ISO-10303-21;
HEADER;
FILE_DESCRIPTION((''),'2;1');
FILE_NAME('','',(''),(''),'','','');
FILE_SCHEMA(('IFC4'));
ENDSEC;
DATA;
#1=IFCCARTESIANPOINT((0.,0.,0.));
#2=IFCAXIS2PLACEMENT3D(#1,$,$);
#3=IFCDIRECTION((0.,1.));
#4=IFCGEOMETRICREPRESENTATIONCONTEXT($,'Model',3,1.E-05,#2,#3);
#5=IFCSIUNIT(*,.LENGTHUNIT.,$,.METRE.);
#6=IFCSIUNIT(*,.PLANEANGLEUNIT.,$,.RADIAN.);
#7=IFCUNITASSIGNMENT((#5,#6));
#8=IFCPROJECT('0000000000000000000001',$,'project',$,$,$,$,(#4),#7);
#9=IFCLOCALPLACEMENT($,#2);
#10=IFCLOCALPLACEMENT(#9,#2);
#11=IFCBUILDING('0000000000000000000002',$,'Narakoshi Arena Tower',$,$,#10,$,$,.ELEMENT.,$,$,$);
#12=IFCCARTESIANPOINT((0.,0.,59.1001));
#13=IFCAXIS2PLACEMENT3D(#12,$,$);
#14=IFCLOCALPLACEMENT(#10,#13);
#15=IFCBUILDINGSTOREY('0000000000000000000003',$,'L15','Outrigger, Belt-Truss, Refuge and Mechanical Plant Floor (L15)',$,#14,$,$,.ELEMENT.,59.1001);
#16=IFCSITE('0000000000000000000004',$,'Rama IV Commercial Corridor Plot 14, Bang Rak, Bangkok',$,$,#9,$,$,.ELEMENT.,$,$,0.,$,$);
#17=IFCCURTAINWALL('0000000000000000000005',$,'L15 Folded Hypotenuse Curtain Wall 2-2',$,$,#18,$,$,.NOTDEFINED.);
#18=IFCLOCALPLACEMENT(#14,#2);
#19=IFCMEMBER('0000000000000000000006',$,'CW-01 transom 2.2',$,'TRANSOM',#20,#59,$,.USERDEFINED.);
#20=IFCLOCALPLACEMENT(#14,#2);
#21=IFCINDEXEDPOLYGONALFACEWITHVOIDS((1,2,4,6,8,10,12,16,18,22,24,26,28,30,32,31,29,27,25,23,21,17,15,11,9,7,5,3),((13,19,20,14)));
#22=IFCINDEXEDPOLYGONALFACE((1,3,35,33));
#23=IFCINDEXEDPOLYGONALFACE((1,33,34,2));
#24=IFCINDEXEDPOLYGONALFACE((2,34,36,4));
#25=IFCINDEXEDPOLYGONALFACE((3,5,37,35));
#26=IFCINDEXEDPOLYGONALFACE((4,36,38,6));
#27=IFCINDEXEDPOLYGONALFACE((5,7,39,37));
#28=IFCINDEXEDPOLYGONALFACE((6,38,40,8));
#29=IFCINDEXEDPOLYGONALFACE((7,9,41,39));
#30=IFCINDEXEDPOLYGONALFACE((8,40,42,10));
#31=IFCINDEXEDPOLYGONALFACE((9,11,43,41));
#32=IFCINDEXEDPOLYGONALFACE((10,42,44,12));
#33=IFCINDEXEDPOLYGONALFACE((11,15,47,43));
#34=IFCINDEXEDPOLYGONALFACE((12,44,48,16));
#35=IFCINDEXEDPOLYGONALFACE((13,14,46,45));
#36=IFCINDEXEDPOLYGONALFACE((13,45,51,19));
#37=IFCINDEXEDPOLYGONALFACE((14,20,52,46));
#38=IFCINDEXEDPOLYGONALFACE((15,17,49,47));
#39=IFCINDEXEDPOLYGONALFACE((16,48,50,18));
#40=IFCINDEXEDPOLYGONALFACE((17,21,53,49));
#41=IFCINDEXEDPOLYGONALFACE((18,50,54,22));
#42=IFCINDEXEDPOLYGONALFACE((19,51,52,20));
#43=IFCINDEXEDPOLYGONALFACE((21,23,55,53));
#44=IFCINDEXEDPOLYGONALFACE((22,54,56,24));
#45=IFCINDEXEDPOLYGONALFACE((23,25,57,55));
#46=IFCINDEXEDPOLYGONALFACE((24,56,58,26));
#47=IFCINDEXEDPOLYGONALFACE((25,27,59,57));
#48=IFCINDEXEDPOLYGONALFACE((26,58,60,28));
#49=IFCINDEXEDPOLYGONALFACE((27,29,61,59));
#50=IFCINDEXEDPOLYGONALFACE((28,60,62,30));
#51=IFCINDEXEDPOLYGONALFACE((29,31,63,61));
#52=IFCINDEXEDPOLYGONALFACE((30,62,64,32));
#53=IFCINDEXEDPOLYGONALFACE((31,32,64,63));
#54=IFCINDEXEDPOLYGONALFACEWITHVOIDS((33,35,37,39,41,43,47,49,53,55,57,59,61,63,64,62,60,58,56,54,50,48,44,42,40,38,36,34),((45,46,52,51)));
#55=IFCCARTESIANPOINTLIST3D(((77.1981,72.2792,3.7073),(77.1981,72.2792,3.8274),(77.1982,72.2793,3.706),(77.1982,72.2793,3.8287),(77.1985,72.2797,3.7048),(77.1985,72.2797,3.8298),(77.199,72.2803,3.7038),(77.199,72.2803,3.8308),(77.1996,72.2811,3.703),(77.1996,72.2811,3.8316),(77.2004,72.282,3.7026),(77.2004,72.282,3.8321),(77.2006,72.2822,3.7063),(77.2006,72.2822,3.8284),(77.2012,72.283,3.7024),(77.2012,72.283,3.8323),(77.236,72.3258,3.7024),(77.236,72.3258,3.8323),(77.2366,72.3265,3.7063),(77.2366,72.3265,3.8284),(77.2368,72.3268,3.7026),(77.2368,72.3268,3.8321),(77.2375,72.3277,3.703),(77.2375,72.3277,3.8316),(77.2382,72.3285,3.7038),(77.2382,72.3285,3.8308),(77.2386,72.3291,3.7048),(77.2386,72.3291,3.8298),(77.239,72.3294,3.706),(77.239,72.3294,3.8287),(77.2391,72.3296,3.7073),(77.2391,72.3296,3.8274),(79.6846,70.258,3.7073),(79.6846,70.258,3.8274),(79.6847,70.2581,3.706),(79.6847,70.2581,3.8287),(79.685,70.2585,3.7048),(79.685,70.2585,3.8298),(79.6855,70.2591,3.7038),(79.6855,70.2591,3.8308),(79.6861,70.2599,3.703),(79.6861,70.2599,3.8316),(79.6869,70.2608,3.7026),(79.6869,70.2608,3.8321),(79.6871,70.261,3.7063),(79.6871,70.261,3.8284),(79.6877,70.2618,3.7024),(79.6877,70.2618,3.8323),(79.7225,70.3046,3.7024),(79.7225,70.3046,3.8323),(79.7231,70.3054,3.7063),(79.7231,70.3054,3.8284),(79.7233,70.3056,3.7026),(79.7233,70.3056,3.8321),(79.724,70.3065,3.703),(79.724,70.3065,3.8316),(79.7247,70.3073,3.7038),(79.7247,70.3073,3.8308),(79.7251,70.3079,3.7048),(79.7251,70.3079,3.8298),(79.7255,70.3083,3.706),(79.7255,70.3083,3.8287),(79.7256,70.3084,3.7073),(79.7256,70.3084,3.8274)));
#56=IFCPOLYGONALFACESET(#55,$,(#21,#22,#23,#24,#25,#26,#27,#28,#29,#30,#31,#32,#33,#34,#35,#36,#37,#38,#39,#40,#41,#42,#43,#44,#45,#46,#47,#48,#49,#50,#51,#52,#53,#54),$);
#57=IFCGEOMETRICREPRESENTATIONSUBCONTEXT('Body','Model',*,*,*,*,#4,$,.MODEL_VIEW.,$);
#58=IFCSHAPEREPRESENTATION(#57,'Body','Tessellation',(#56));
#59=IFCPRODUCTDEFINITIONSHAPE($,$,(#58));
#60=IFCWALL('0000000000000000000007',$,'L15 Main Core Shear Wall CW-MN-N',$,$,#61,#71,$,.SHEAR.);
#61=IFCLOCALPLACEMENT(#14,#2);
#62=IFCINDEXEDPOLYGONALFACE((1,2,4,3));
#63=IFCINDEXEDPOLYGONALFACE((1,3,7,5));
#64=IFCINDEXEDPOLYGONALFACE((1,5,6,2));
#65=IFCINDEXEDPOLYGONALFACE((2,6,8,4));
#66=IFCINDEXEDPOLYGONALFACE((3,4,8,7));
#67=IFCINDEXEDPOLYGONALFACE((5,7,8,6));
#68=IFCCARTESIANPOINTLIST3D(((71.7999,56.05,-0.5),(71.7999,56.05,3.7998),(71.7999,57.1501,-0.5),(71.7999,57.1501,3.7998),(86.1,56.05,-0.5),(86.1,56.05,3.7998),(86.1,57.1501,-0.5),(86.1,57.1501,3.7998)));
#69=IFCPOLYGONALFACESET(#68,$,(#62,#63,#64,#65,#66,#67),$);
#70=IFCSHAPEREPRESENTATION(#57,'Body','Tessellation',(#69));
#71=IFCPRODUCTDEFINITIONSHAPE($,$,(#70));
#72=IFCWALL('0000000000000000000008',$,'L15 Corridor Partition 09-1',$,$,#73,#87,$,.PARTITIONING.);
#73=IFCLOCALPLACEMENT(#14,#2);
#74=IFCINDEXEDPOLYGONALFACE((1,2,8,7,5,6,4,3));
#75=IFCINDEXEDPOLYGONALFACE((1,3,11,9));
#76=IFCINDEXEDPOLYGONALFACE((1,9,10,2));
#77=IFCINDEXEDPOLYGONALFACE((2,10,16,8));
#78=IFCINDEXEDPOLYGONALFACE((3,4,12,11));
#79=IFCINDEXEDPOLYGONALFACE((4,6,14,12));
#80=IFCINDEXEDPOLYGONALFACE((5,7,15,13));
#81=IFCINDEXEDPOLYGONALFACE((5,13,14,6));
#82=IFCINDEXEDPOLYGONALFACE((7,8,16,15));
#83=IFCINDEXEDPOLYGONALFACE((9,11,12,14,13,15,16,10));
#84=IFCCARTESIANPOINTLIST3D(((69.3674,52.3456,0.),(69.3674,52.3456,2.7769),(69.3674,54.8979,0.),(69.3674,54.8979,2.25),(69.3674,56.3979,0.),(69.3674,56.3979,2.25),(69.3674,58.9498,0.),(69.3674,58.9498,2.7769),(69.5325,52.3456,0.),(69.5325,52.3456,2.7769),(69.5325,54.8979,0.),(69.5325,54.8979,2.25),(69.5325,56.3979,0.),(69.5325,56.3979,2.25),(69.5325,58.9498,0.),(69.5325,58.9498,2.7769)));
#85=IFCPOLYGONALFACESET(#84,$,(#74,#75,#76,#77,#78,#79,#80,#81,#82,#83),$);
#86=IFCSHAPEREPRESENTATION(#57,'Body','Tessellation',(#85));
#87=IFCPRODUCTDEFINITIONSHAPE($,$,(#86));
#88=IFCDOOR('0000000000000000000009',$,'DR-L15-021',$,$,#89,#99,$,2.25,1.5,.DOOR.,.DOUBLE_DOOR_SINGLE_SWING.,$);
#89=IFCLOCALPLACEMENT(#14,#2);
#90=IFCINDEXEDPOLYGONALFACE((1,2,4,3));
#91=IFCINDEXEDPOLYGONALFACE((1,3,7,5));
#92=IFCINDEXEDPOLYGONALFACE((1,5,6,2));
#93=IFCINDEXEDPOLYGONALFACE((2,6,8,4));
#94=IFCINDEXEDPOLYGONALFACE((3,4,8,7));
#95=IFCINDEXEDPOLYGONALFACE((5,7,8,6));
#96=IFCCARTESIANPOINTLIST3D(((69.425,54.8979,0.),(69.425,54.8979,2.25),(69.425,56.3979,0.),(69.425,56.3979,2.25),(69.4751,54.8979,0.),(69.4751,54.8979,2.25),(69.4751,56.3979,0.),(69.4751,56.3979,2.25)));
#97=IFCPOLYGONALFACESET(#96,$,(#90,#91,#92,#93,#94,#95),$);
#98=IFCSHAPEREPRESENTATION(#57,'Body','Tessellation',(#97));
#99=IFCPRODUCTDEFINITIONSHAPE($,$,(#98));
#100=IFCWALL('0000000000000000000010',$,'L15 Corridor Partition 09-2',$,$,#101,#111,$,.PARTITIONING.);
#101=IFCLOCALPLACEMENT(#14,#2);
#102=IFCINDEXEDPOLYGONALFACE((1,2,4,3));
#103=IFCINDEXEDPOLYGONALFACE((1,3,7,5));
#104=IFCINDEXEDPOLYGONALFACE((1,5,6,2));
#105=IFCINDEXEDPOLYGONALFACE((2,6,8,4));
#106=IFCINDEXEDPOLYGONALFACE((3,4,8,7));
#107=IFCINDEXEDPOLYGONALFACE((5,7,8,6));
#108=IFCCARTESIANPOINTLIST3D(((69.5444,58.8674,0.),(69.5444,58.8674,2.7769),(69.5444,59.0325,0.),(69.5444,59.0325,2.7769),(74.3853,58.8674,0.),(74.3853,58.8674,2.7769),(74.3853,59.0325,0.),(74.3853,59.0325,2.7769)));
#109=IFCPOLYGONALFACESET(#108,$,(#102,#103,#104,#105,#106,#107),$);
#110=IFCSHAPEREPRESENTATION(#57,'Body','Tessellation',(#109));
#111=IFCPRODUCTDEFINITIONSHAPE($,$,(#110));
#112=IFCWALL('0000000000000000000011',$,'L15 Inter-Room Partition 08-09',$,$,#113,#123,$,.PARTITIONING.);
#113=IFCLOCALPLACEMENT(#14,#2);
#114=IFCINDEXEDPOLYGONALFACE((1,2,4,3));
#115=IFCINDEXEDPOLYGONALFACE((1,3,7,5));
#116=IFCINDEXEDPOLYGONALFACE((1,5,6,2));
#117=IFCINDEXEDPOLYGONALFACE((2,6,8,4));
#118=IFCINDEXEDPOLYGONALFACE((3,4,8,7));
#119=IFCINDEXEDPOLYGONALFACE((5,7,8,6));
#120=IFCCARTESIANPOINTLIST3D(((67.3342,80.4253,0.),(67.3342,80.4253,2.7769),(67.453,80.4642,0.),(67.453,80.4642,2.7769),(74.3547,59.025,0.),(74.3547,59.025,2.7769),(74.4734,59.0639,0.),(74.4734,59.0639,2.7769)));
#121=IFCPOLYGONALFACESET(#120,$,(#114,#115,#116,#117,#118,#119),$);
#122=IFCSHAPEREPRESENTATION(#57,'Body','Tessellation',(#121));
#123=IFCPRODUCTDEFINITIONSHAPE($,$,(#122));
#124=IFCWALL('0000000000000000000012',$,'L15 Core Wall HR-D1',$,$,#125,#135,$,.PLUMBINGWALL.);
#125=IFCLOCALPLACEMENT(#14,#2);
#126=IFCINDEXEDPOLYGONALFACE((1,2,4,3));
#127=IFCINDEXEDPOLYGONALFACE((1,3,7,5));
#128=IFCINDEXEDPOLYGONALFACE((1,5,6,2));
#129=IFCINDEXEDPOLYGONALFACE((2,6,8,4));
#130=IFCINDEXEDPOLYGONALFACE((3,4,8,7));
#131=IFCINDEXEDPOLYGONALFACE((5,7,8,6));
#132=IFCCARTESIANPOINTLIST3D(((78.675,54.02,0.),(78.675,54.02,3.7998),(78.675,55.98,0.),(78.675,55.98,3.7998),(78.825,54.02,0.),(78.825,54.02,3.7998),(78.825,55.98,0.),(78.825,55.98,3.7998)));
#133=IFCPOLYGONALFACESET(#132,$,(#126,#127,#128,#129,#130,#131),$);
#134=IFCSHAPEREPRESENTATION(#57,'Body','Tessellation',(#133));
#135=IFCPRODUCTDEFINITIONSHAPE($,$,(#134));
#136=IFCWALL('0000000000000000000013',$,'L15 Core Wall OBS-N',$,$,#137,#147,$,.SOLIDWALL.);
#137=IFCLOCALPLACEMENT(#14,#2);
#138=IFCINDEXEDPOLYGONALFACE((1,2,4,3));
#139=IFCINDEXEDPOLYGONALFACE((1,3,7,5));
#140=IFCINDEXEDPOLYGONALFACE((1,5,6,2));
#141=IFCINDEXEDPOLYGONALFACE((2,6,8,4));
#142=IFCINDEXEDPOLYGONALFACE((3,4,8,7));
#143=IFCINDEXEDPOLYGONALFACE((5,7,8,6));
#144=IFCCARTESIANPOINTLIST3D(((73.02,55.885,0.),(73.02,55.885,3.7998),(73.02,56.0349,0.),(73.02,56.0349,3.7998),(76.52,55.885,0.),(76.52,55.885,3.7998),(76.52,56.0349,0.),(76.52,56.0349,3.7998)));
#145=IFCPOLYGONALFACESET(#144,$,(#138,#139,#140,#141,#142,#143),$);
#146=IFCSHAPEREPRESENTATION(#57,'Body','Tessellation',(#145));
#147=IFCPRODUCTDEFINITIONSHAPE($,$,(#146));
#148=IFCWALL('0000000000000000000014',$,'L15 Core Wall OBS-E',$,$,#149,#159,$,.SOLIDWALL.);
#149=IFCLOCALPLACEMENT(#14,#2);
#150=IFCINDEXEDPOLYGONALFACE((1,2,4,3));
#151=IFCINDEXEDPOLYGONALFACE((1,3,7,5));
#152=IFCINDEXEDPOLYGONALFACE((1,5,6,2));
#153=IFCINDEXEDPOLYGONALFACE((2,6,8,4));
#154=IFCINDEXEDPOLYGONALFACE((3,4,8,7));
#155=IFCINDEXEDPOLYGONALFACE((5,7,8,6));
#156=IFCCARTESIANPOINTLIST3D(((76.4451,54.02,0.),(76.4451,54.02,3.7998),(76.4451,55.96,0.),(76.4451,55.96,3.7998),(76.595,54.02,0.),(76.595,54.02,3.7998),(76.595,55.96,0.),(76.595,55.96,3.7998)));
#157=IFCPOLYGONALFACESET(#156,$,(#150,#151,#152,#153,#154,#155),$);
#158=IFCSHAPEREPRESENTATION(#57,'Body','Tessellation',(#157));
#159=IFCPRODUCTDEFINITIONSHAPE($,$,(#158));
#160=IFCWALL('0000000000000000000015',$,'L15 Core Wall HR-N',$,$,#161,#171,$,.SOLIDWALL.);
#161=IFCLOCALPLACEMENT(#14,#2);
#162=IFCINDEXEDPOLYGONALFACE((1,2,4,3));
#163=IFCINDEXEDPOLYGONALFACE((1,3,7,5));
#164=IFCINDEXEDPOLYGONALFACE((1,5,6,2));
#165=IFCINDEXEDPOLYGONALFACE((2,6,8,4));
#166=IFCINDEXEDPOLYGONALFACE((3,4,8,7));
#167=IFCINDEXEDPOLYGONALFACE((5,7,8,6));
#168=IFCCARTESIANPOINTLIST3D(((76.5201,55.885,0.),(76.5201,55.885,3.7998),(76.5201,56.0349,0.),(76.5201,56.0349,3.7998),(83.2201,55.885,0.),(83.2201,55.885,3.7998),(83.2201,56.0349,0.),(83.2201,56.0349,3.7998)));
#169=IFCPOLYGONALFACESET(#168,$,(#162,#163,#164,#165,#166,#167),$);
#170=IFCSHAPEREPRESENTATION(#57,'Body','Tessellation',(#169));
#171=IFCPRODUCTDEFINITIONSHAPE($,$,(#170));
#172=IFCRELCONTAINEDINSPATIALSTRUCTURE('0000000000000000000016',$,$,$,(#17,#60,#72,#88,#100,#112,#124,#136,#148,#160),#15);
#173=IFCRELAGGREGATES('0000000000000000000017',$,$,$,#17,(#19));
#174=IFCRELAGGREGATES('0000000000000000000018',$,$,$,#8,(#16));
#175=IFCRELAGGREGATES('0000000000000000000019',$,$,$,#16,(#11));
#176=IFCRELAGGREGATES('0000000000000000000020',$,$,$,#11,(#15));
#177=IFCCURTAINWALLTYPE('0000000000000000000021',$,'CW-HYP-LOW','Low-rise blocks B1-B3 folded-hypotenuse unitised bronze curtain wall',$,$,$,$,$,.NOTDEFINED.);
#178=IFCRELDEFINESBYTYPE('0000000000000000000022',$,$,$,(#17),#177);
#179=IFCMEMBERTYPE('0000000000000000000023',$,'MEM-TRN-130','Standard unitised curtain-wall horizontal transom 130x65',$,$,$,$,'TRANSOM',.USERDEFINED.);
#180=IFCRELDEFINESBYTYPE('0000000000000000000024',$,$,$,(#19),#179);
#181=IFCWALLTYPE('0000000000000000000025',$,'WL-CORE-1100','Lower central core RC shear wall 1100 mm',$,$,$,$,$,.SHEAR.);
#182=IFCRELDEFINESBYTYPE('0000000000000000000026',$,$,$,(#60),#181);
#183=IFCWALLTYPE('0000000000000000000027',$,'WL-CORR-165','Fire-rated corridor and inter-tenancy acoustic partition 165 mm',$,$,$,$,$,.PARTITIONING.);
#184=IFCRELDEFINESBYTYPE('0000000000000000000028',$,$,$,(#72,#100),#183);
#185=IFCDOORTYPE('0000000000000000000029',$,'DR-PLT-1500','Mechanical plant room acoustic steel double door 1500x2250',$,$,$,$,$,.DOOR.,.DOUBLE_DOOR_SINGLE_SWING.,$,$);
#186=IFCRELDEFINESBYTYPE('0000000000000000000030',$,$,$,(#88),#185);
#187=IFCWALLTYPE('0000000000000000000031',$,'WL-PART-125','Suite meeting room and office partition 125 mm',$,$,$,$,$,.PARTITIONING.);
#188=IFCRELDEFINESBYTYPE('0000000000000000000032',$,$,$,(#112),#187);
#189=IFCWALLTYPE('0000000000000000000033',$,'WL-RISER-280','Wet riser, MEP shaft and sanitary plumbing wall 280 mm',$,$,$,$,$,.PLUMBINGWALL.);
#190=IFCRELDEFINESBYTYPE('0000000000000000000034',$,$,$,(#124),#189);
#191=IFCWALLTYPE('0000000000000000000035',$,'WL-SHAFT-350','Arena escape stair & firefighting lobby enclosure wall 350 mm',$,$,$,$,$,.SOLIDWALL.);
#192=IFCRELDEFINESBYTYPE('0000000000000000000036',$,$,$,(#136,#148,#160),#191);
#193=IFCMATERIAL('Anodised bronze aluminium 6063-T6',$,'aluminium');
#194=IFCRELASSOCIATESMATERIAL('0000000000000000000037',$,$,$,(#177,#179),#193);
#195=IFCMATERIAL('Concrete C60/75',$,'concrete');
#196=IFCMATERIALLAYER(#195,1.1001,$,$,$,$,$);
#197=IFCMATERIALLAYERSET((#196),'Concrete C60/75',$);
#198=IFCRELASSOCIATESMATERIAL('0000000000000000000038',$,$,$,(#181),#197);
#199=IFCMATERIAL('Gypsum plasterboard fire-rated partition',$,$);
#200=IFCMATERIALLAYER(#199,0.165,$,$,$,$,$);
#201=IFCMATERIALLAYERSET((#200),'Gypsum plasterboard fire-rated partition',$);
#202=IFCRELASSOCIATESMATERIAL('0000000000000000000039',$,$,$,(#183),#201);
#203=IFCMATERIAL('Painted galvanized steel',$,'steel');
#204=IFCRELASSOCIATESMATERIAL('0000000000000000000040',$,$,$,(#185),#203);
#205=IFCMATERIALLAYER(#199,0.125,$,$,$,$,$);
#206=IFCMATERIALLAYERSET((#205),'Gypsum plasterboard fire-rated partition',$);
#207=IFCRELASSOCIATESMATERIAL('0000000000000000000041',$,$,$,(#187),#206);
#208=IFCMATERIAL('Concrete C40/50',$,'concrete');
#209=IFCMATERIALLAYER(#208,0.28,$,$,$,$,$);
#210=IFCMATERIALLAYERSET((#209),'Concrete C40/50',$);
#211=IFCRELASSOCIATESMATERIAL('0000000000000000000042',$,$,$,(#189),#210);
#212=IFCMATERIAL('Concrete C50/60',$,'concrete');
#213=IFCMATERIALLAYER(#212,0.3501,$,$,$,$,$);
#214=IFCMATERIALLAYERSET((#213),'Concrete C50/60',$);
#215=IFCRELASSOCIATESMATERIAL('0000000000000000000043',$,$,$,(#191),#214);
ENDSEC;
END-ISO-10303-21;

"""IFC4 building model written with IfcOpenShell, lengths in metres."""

from ifc_helpers import new_model, si_unit, direction, frame, frame_2d, origin, origin_2d, place, context, subcontext, project, spatial, rectangle, hollow_rectangle, extrude, material, layer, layer_set, material_profile, profile_set, type_object, element, fill, aggregate, save


model = new_model("IFC4")

# Units and contexts
model_context = context("Model", 3, precision=1e-05, world=origin(), true_north=direction((0.0, 1.0)))
body_context = subcontext(model_context, "Body", "Model", "MODEL_VIEW")
ifc_project = project(units=[si_unit("LENGTHUNIT", "METRE"), si_unit("PLANEANGLEUNIT", "RADIAN")], contexts=[model_context])

# Site, building, storey
site_placement = place(None, origin())
site = spatial("IfcSite", under=ifc_project, at=site_placement, Name="Rama IV Commercial Corridor Plot 14, Bang Rak, Bangkok", CompositionType="ELEMENT", RefElevation=0.0)
building_placement = place(site_placement, origin())
building = spatial("IfcBuilding", under=site, at=building_placement, Name="Narakoshi Arena Tower", CompositionType="ELEMENT")
storey_placement = place(building_placement, frame((0.0, 0.0, 59.1001)))
storey = spatial("IfcBuildingStorey", under=building, at=storey_placement, Name="L15", Description="Outrigger, Belt-Truss, Refuge and Mechanical Plant Floor (L15)", CompositionType="ELEMENT", Elevation=59.1001)

# Shared definitions
ifc_material_1 = material(Name="Concrete C60/75", Category="concrete")

# Curtain wall
ifc_material_2 = material(Name="Anodised bronze aluminium 6063-T6", Category="aluminium")
curtain_wall_type = type_object("IfcCurtainWallType", Name="CW-HYP-LOW", Description="Low-rise blocks B1-B3 folded-hypotenuse unitised bronze curtain wall", PredefinedType="NOTDEFINED", material=ifc_material_2)
curtain_wall_placement = place(storey_placement, origin())
curtain_wall = element("IfcCurtainWall", 1, at=curtain_wall_placement, inside=storey, type_object=curtain_wall_type, Name="L15 Folded Hypotenuse Curtain Wall 2-2", PredefinedType="NOTDEFINED")

# Member
ifc_material_profile_1 = material_profile(ifc_material_2, hollow_rectangle(XDim=0.0649, YDim=0.1299, WallThickness=0.0039, OuterFilletRadius=0.0049, at=origin_2d()), Name="TRN130x65x4")
ifc_profile_set_1 = profile_set([ifc_material_profile_1], Name="Anodised bronze aluminium 6063-T6")
member_type_1 = type_object("IfcMemberType", Name="MEM-TRN-130", Description="Standard unitised curtain-wall horizontal transom 130x65", ElementType="TRANSOM", PredefinedType="USERDEFINED", material=ifc_profile_set_1)
member_1_placement = place(storey_placement, frame((79.7051, 70.2832, 3.7673), z_axis=(-0.775976, 0.630762, 0.0), x_axis=(-0.630762, -0.775976, 0.0)))
member_1 = element("IfcMember", 2, at=member_1_placement, type_object=member_type_1, Name="CW-01 transom 2.2", ObjectType="TRANSOM", PredefinedType="USERDEFINED", context=body_context, shape_type="SweptSolid", body=[
    extrude(hollow_rectangle(XDim=0.0649, YDim=0.1299, WallThickness=0.0039, OuterFilletRadius=0.0049, at=origin_2d()), origin(), (0.0, 0.0, 1.0), 3.2043),
])
aggregate(curtain_wall, [member_1])

# Wall
ifc_layer_1 = layer(ifc_material_1, 1.1001)
ifc_layer_set_1 = layer_set([ifc_layer_1], Name="Concrete C60/75")
wall_type_1 = type_object("IfcWallType", Name="WL-CORE-1100", Description="Lower central core RC shear wall 1100 mm", PredefinedType="SHEAR", material=ifc_layer_set_1)
wall_1_placement = place(storey_placement, frame((71.8, 56.6001, -0.5), z_axis=(0.0, 0.0, 1.0), x_axis=(1.0, 0.0, 0.0)))
element("IfcWall", 3, at=wall_1_placement, inside=storey, type_object=wall_type_1, Name="L15 Main Core Shear Wall CW-MN-N", PredefinedType="SHEAR", context=body_context, shape_type="SweptSolid", body=[
    extrude(rectangle(XDim=14.3, YDim=1.1001, at=frame_2d((7.1499, 0.0))), origin(), (0.0, 0.0, 1.0), 4.2998),
])

# Wall, opening, door
ifc_material_3 = material(Name="Gypsum plasterboard fire-rated partition")
ifc_layer_2 = layer(ifc_material_3, 0.165)
ifc_layer_set_2 = layer_set([ifc_layer_2], Name="Gypsum plasterboard fire-rated partition")
wall_type_2 = type_object("IfcWallType", Name="WL-CORR-165", Description="Fire-rated corridor and inter-tenancy acoustic partition 165 mm", PredefinedType="PARTITIONING", material=ifc_layer_set_2)
wall_2_placement = place(storey_placement, frame((69.45, 58.95, 0.0), z_axis=(0.0, 0.0, 1.0), x_axis=(0.0, -1.0, 0.0)))
wall_2 = element("IfcWall", 4, at=wall_2_placement, inside=storey, type_object=wall_type_2, Name="L15 Corridor Partition 09-1", PredefinedType="PARTITIONING", context=body_context, shape_type="SweptSolid", body=[
    extrude(rectangle(XDim=6.6042, YDim=0.165, at=frame_2d((3.3022, 0.0))), origin(), (0.0, 0.0, 1.0), 2.7769),
])
opening_placement = place(wall_2_placement, frame((2.552, 0.0, 0.0)))
opening = element("IfcOpeningElement", 5, at=opening_placement, cuts=wall_2, PredefinedType="OPENING", context=body_context, shape_type="SweptSolid", body=[
    extrude(rectangle(XDim=1.5, YDim=2.25, at=frame_2d((0.75, 1.125))), frame((0.0, 0.0925, 0.0), z_axis=(0.0, -1.0, 0.0), x_axis=(1.0, 0.0, 0.0)), (0.0, 0.0, 1.0), 0.1851),
])
ifc_material_4 = material(Name="Painted galvanized steel", Category="steel")
door_type = type_object("IfcDoorType", Name="DR-PLT-1500", Description="Mechanical plant room acoustic steel double door 1500x2250", OperationType="DOUBLE_DOOR_SINGLE_SWING", PredefinedType="DOOR", material=ifc_material_4)
door_placement = place(opening_placement, frame((1.5, 0.0, 0.0), z_axis=(0.0, 0.0, 1.0), x_axis=(-1.0, 0.0, 0.0)))
door = element("IfcDoor", 6, at=door_placement, inside=storey, type_object=door_type, Name="DR-L15-021", OperationType="DOUBLE_DOOR_SINGLE_SWING", OverallHeight=2.25, OverallWidth=1.5, PredefinedType="DOOR", context=body_context, shape_type="SweptSolid", body=[
    extrude(rectangle(XDim=1.5, YDim=2.25, at=frame_2d((0.75, 1.125))), frame((0.0, 0.0249, 0.0), z_axis=(0.0, -1.0, 0.0), x_axis=(1.0, 0.0, 0.0)), (0.0, 0.0, 1.0), 0.05),
])
fill(opening, door)

# Walls
wall_3_placement = place(storey_placement, frame((74.3853, 58.95, 0.0), z_axis=(0.0, 0.0, 1.0), x_axis=(-1.0, 0.0, 0.0)))
element("IfcWall", 7, at=wall_3_placement, inside=storey, type_object=wall_type_2, Name="L15 Corridor Partition 09-2", PredefinedType="PARTITIONING", context=body_context, shape_type="SweptSolid", body=[
    extrude(rectangle(XDim=4.8408, YDim=0.165, at=frame_2d((2.4204, 0.0))), origin(), (0.0, 0.0, 1.0), 2.7769),
])
ifc_layer_3 = layer(ifc_material_3, 0.125)
ifc_layer_set_3 = layer_set([ifc_layer_3], Name="Gypsum plasterboard fire-rated partition")
wall_type_3 = type_object("IfcWallType", Name="WL-PART-125", Description="Suite meeting room and office partition 125 mm", PredefinedType="PARTITIONING", material=ifc_layer_set_3)
wall_4_placement = place(storey_placement, frame((74.4141, 59.0444, 0.0), z_axis=(0.0, 0.0, 1.0), x_axis=(-0.31171, 0.950177, 0.0)))
element("IfcWall", 8, at=wall_4_placement, inside=storey, type_object=wall_type_3, Name="L15 Inter-Room Partition 08-09", PredefinedType="PARTITIONING", context=body_context, shape_type="SweptSolid", body=[
    extrude(rectangle(XDim=22.5225, YDim=0.125, at=frame_2d((11.2612, 0.0))), origin(), (0.0, 0.0, 1.0), 2.7769),
])
ifc_material_5 = material(Name="Concrete C40/50", Category="concrete")
ifc_layer_4 = layer(ifc_material_5, 0.28)
ifc_layer_set_4 = layer_set([ifc_layer_4], Name="Concrete C40/50")
wall_type_4 = type_object("IfcWallType", Name="WL-RISER-280", Description="Wet riser, MEP shaft and sanitary plumbing wall 280 mm", PredefinedType="PLUMBINGWALL", material=ifc_layer_set_4)
wall_5_placement = place(storey_placement, frame((78.75, 54.02, 0.0), z_axis=(0.0, 0.0, 1.0), x_axis=(0.0, 1.0, 0.0)))
element("IfcWall", 9, at=wall_5_placement, inside=storey, type_object=wall_type_4, Name="L15 Core Wall HR-D1", PredefinedType="PLUMBINGWALL", context=body_context, shape_type="SweptSolid", body=[
    extrude(rectangle(XDim=1.96, YDim=0.1499, at=frame_2d((0.98, 0.0))), origin(), (0.0, 0.0, 1.0), 3.7998),
])
ifc_material_6 = material(Name="Concrete C50/60", Category="concrete")
ifc_layer_5 = layer(ifc_material_6, 0.3501)
ifc_layer_set_5 = layer_set([ifc_layer_5], Name="Concrete C50/60")
wall_type_5 = type_object("IfcWallType", Name="WL-SHAFT-350", Description="Arena escape stair & firefighting lobby enclosure wall 350 mm", PredefinedType="SOLIDWALL", material=ifc_layer_set_5)
wall_6_placement = place(storey_placement, frame((73.02, 55.96, 0.0), z_axis=(0.0, 0.0, 1.0), x_axis=(1.0, 0.0, 0.0)))
element("IfcWall", 10, at=wall_6_placement, inside=storey, type_object=wall_type_5, Name="L15 Core Wall OBS-N", PredefinedType="SOLIDWALL", context=body_context, shape_type="SweptSolid", body=[
    extrude(rectangle(XDim=3.5, YDim=0.1499, at=frame_2d((1.75, 0.0))), origin(), (0.0, 0.0, 1.0), 3.7998),
])
wall_7_placement = place(storey_placement, frame((76.52, 54.02, 0.0), z_axis=(0.0, 0.0, 1.0), x_axis=(0.0, 1.0, 0.0)))
element("IfcWall", 11, at=wall_7_placement, inside=storey, type_object=wall_type_5, Name="L15 Core Wall OBS-E", PredefinedType="SOLIDWALL", context=body_context, shape_type="SweptSolid", body=[
    extrude(rectangle(XDim=1.9399, YDim=0.1499, at=frame_2d((0.97, 0.0))), origin(), (0.0, 0.0, 1.0), 3.7998),
])
wall_8_placement = place(storey_placement, frame((76.52, 55.96, 0.0), z_axis=(0.0, 0.0, 1.0), x_axis=(1.0, 0.0, 0.0)))
element("IfcWall", 12, at=wall_8_placement, inside=storey, type_object=wall_type_5, Name="L15 Core Wall HR-N", PredefinedType="SOLIDWALL", context=body_context, shape_type="SweptSolid", body=[
    extrude(rectangle(XDim=6.7, YDim=0.1499, at=frame_2d((3.3501, 0.0))), origin(), (0.0, 0.0, 1.0), 3.7998),
])

save(model, "model.ifc")
